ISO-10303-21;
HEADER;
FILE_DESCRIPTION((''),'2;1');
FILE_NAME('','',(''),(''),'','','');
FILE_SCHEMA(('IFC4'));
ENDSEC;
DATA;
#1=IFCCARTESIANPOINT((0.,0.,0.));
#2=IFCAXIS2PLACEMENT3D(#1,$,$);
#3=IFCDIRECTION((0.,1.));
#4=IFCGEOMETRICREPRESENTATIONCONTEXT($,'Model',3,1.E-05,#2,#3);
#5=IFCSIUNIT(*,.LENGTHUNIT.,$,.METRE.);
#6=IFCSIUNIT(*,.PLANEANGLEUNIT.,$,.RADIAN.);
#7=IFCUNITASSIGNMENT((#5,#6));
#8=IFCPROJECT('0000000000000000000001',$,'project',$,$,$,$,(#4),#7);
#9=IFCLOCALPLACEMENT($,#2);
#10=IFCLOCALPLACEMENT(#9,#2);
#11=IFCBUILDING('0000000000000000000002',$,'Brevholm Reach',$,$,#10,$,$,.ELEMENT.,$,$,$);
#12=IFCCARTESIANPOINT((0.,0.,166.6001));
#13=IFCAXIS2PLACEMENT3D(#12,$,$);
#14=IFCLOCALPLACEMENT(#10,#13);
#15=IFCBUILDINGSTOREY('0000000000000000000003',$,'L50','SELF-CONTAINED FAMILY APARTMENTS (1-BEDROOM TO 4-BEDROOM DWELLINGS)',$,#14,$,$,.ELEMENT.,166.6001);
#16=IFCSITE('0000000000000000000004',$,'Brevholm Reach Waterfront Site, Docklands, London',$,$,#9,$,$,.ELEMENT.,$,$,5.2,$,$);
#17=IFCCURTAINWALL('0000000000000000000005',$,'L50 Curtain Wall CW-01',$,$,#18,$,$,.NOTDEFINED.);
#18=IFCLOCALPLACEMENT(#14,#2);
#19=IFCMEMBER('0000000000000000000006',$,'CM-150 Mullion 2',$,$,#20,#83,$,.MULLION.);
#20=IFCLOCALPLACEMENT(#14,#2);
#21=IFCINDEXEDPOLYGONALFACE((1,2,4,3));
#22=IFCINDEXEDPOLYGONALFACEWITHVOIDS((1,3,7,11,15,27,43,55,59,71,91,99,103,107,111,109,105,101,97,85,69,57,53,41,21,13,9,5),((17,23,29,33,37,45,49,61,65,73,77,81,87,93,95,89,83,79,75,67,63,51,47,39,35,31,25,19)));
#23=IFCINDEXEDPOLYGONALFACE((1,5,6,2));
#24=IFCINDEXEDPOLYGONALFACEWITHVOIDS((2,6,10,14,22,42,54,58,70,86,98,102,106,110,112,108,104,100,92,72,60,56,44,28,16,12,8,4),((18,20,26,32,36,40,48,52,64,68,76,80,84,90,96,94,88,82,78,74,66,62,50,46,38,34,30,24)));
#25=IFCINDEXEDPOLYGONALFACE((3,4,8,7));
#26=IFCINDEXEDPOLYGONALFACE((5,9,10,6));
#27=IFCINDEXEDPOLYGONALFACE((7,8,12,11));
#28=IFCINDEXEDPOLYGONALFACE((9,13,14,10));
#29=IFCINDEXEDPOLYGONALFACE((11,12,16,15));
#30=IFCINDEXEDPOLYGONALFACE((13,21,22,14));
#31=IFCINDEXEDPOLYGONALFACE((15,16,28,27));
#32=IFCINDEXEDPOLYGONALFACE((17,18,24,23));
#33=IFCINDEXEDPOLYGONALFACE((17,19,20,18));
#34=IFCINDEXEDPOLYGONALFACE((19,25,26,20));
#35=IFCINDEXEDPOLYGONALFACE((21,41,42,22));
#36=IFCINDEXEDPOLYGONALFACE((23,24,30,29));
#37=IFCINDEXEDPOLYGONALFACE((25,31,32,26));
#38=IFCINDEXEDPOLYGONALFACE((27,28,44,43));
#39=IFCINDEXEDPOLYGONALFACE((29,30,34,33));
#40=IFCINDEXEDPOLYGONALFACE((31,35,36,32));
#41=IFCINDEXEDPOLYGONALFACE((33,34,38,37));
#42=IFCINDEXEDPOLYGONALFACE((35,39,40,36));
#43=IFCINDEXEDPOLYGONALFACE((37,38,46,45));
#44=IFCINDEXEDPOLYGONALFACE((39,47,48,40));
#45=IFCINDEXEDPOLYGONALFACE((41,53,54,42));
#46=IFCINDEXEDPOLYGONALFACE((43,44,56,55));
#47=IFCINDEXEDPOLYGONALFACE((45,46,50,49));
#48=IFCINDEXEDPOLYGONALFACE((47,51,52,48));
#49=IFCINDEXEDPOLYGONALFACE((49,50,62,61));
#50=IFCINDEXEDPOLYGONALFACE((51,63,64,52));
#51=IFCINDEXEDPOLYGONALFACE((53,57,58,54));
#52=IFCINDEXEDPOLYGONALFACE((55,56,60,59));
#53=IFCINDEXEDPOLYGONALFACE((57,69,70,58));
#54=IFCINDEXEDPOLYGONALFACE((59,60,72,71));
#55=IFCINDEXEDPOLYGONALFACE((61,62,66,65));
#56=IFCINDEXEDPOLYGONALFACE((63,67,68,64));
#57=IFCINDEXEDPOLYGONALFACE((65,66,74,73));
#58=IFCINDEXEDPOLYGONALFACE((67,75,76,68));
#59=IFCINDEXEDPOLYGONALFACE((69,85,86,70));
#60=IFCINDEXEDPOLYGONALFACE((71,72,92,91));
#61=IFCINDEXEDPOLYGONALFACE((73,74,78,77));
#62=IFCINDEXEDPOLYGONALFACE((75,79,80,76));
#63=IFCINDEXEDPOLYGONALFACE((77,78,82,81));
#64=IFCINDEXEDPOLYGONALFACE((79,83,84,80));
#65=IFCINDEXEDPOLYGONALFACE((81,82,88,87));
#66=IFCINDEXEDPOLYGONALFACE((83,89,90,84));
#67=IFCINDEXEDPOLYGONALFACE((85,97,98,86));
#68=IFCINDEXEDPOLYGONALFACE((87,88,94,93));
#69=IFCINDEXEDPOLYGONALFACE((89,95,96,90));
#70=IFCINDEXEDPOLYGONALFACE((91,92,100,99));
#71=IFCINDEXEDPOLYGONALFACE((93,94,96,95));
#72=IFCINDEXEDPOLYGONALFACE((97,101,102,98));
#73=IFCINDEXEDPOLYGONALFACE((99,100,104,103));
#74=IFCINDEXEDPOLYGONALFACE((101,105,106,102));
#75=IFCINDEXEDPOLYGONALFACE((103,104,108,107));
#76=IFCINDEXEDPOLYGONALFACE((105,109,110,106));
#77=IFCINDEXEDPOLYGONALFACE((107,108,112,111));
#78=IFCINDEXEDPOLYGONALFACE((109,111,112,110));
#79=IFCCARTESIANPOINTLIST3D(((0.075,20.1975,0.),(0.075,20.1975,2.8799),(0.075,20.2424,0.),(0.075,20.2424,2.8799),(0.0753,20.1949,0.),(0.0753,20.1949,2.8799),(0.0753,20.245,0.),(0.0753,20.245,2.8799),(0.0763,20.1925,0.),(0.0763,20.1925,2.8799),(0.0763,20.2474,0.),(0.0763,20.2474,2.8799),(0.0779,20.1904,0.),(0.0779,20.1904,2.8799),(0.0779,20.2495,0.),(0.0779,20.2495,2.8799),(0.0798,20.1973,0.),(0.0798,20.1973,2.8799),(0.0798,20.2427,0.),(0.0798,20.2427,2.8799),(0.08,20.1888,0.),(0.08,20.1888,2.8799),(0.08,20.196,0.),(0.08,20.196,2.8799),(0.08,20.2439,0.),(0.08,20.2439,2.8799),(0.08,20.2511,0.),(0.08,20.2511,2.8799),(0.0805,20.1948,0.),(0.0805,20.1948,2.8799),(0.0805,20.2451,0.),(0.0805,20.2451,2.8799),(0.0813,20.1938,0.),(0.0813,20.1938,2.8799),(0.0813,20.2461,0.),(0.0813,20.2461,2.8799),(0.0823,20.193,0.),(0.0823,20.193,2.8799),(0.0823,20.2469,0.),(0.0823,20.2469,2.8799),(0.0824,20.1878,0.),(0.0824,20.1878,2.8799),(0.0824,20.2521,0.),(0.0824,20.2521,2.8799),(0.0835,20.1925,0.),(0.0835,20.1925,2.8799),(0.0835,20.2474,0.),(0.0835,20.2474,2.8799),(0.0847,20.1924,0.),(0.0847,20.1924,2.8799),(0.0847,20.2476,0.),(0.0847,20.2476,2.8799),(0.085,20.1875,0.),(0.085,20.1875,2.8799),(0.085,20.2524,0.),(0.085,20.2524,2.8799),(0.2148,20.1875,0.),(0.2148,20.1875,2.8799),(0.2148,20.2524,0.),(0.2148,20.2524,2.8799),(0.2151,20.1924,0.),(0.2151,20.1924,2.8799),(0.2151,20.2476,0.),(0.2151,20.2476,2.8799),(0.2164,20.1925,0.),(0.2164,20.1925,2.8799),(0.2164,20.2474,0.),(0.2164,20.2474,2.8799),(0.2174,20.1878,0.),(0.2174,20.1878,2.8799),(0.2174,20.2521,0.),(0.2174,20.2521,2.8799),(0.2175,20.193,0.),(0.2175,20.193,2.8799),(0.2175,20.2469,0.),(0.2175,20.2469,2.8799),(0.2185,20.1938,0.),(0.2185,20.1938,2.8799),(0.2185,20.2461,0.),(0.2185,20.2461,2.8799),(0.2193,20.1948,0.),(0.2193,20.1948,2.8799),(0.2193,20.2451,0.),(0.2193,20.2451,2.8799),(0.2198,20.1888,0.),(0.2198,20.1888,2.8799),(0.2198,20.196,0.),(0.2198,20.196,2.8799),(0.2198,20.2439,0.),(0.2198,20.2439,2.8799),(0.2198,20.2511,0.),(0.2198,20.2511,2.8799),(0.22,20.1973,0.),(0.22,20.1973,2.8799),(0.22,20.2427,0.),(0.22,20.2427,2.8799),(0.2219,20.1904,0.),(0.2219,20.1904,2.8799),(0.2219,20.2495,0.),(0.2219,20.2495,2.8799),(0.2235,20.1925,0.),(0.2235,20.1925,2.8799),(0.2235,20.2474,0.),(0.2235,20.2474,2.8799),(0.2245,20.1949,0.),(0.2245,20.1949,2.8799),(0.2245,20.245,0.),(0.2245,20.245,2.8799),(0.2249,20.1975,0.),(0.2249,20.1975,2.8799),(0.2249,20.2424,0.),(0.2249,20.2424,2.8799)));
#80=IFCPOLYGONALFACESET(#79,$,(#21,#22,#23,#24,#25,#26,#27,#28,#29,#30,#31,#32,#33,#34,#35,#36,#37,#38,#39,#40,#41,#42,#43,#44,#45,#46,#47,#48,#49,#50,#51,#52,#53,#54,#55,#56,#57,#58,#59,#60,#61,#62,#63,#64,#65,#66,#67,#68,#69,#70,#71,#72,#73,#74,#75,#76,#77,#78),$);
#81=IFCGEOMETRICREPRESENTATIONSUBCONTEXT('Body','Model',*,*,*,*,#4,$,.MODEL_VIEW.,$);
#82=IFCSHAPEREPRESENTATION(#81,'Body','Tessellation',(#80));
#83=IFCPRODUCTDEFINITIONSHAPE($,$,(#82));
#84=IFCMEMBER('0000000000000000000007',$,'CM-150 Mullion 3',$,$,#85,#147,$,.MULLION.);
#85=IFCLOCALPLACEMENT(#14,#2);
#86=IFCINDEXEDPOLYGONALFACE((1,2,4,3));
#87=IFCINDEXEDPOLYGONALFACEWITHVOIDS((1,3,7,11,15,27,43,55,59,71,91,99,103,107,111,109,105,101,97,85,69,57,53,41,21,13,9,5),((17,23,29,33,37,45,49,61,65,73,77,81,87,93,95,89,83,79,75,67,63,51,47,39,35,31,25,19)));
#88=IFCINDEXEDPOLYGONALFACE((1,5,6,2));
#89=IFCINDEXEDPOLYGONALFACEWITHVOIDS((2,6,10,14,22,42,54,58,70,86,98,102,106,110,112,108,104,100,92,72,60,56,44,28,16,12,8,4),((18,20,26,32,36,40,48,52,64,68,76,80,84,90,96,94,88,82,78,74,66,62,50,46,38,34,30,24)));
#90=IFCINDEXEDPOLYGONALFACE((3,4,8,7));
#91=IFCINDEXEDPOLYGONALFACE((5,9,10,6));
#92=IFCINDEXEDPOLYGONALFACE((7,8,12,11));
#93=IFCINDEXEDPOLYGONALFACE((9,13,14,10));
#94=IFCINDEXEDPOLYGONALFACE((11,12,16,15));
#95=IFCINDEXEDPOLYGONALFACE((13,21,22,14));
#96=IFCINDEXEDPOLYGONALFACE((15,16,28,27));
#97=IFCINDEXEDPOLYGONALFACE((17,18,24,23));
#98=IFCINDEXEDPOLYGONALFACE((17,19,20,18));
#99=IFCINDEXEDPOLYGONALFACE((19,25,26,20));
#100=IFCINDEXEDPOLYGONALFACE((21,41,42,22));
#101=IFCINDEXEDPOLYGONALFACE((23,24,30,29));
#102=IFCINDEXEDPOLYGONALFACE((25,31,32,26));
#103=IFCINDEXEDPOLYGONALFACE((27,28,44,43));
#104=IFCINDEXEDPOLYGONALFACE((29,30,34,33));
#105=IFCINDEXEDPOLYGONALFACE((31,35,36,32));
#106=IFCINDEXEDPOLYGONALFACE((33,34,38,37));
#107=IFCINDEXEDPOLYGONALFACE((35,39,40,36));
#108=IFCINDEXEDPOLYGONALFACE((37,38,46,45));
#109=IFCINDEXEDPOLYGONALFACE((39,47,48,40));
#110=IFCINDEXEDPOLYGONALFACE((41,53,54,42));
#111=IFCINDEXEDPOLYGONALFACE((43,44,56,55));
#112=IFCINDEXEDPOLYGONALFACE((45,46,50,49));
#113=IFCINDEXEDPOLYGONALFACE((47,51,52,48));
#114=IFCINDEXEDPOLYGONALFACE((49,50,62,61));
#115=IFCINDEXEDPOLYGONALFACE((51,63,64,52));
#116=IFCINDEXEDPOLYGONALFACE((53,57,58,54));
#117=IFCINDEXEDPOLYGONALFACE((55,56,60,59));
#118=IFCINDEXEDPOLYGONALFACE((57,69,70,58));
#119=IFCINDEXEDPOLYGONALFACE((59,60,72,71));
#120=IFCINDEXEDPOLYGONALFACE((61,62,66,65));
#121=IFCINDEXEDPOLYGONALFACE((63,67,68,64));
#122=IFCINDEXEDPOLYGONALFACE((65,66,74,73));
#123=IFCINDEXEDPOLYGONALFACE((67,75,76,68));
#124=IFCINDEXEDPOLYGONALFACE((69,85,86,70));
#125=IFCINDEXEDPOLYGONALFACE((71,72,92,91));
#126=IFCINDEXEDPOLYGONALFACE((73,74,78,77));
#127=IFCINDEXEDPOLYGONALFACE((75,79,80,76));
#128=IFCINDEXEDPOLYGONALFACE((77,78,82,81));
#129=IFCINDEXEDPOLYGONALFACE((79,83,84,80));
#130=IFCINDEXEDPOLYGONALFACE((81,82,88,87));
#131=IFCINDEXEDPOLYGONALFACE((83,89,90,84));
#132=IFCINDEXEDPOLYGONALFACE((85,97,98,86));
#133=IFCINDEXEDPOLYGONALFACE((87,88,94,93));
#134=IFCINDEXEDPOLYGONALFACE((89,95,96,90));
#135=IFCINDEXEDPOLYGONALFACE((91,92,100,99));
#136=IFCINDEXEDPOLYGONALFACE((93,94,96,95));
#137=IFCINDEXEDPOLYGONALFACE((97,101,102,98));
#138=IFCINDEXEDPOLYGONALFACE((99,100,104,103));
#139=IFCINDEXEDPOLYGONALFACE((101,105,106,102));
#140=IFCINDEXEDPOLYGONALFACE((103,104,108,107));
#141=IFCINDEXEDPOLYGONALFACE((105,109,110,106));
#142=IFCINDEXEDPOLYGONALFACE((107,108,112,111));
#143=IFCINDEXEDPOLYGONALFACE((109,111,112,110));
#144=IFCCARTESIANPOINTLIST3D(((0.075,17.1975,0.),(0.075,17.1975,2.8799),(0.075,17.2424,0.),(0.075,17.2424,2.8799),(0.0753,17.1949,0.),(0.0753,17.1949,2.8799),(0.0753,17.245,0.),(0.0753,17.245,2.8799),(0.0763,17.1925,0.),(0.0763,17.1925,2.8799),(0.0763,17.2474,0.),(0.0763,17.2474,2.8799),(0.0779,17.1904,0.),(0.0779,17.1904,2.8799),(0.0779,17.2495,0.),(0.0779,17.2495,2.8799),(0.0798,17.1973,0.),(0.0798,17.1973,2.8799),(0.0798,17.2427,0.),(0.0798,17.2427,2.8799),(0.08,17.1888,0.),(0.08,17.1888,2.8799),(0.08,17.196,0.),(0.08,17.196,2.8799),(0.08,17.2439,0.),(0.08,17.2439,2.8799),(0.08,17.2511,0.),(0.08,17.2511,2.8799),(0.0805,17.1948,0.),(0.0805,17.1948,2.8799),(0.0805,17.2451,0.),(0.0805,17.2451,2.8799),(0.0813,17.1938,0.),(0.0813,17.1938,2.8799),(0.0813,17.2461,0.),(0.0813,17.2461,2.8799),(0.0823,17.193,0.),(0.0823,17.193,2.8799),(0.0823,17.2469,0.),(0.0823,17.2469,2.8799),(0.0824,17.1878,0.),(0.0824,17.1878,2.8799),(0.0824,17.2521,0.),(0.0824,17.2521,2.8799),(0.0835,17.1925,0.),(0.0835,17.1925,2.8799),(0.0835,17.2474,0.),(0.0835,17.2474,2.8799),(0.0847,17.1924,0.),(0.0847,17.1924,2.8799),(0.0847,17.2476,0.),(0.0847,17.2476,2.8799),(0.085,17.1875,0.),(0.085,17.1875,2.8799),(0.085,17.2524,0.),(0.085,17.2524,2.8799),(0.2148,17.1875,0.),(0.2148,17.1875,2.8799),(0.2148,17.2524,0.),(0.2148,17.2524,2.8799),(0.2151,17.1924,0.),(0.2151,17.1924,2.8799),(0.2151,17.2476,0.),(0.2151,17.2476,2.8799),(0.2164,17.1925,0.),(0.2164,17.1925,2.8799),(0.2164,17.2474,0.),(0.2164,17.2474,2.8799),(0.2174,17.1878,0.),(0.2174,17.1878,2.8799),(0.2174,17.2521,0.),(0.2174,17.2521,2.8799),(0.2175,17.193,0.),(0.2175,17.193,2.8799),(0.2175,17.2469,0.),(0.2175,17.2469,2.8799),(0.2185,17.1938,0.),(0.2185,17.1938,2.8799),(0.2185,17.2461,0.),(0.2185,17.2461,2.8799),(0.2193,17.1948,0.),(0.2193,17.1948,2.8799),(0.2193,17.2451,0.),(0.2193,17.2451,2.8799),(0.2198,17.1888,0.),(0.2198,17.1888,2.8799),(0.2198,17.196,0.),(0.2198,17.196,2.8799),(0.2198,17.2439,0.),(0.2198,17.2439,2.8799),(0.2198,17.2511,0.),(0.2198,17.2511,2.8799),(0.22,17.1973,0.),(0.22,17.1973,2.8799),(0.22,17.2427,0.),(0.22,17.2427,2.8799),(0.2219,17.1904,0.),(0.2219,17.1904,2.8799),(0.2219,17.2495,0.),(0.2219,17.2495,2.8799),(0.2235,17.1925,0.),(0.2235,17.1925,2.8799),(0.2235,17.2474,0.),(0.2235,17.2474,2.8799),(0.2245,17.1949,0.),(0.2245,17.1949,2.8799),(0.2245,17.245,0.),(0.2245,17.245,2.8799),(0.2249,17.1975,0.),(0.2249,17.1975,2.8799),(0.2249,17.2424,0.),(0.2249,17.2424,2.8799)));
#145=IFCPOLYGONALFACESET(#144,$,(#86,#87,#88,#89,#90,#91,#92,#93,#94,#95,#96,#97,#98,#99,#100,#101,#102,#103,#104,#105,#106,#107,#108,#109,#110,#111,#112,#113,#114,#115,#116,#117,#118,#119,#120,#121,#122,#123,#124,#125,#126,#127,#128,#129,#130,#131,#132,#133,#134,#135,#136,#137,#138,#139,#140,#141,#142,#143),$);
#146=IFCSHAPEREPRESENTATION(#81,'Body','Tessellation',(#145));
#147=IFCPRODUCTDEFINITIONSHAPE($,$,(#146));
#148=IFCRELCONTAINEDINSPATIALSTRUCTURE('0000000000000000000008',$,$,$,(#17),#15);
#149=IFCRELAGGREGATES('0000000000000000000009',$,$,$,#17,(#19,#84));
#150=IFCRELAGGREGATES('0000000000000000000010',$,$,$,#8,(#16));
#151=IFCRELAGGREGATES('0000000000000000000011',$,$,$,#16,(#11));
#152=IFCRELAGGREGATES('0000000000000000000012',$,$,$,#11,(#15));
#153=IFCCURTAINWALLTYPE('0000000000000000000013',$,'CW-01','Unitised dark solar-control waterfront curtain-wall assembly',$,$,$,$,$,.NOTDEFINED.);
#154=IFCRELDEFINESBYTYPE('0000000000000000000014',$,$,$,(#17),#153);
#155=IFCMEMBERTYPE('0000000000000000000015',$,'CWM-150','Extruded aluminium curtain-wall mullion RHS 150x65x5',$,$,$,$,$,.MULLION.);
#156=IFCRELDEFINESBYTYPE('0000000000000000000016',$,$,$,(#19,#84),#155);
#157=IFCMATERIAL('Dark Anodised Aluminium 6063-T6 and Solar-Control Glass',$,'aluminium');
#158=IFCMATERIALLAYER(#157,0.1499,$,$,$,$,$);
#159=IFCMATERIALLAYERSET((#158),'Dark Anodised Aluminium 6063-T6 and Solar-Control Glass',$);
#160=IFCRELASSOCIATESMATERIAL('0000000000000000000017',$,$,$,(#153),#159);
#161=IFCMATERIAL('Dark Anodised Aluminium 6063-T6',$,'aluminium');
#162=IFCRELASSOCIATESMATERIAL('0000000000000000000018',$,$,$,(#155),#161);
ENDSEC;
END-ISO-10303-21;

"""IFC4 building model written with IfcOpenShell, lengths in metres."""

from ifc_helpers import new_model, si_unit, direction, frame, origin, origin_2d, place, context, subcontext, project, spatial, hollow_rectangle, extrude, material, layer, layer_set, material_profile, profile_set, type_object, element, aggregate, save


model = new_model("IFC4")

# Units and contexts
model_context = context("Model", 3, precision=1e-05, world=origin(), true_north=direction((0.0, 1.0)))
body_context = subcontext(model_context, "Body", "Model", "MODEL_VIEW")
ifc_project = project(units=[si_unit("LENGTHUNIT", "METRE"), si_unit("PLANEANGLEUNIT", "RADIAN")], contexts=[model_context])

# Site, building, storey
site_placement = place(None, origin())
site = spatial("IfcSite", under=ifc_project, at=site_placement, Name="Brevholm Reach Waterfront Site, Docklands, London", CompositionType="ELEMENT", RefElevation=5.2)
building_placement = place(site_placement, origin())
building = spatial("IfcBuilding", under=site, at=building_placement, Name="Brevholm Reach", CompositionType="ELEMENT")
storey_placement = place(building_placement, frame((0.0, 0.0, 166.6001)))
storey = spatial("IfcBuildingStorey", under=building, at=storey_placement, Name="L50", Description="SELF-CONTAINED FAMILY APARTMENTS (1-BEDROOM TO 4-BEDROOM DWELLINGS)", CompositionType="ELEMENT", Elevation=166.6001)

# Curtain wall, members
ifc_material_1 = material(Name="Dark Anodised Aluminium 6063-T6 and Solar-Control Glass", Category="aluminium")
ifc_layer_1 = layer(ifc_material_1, 0.1499)
ifc_layer_set_1 = layer_set([ifc_layer_1], Name="Dark Anodised Aluminium 6063-T6 and Solar-Control Glass")
curtain_wall_type = type_object("IfcCurtainWallType", Name="CW-01", Description="Unitised dark solar-control waterfront curtain-wall assembly", PredefinedType="NOTDEFINED", material=ifc_layer_set_1)
curtain_wall_placement = place(storey_placement, origin())
curtain_wall = element("IfcCurtainWall", 1, at=curtain_wall_placement, inside=storey, type_object=curtain_wall_type, Name="L50 Curtain Wall CW-01", PredefinedType="NOTDEFINED")
ifc_material_2 = material(Name="Dark Anodised Aluminium 6063-T6", Category="aluminium")
ifc_material_profile_1 = material_profile(ifc_material_2, hollow_rectangle(XDim=0.0649, YDim=0.1499, WallThickness=0.0049, InnerFilletRadius=0.0049, OuterFilletRadius=0.01, at=origin_2d()), Name="RHS 150x65x5")
ifc_profile_set_1 = profile_set([ifc_material_profile_1], Name="Dark Anodised Aluminium 6063-T6")
member_type_1 = type_object("IfcMemberType", Name="CWM-150", Description="Extruded aluminium curtain-wall mullion RHS 150x65x5", PredefinedType="MULLION", material=ifc_profile_set_1)
member_1_placement = place(storey_placement, frame((0.1499, 20.22, 0.0), z_axis=(0.0, 0.0, 1.0), x_axis=(0.0, -1.0, 0.0)))
member_1 = element("IfcMember", 2, at=member_1_placement, type_object=member_type_1, Name="CM-150 Mullion 2", PredefinedType="MULLION", context=body_context, shape_type="SweptSolid", body=[
    extrude(hollow_rectangle(XDim=0.0649, YDim=0.1499, WallThickness=0.0049, InnerFilletRadius=0.0049, OuterFilletRadius=0.01, at=origin_2d()), origin(), (0.0, 0.0, 1.0), 2.8799),
])
member_2_placement = place(storey_placement, frame((0.1499, 17.22, 0.0), z_axis=(0.0, 0.0, 1.0), x_axis=(0.0, -1.0, 0.0)))
member_2 = element("IfcMember", 3, at=member_2_placement, type_object=member_type_1, Name="CM-150 Mullion 3", PredefinedType="MULLION", context=body_context, shape_type="SweptSolid", body=[
    extrude(hollow_rectangle(XDim=0.0649, YDim=0.1499, WallThickness=0.0049, InnerFilletRadius=0.0049, OuterFilletRadius=0.01, at=origin_2d()), origin(), (0.0, 0.0, 1.0), 2.8799),
])
aggregate(curtain_wall, [member_1, member_2])

save(model, "model.ifc")
